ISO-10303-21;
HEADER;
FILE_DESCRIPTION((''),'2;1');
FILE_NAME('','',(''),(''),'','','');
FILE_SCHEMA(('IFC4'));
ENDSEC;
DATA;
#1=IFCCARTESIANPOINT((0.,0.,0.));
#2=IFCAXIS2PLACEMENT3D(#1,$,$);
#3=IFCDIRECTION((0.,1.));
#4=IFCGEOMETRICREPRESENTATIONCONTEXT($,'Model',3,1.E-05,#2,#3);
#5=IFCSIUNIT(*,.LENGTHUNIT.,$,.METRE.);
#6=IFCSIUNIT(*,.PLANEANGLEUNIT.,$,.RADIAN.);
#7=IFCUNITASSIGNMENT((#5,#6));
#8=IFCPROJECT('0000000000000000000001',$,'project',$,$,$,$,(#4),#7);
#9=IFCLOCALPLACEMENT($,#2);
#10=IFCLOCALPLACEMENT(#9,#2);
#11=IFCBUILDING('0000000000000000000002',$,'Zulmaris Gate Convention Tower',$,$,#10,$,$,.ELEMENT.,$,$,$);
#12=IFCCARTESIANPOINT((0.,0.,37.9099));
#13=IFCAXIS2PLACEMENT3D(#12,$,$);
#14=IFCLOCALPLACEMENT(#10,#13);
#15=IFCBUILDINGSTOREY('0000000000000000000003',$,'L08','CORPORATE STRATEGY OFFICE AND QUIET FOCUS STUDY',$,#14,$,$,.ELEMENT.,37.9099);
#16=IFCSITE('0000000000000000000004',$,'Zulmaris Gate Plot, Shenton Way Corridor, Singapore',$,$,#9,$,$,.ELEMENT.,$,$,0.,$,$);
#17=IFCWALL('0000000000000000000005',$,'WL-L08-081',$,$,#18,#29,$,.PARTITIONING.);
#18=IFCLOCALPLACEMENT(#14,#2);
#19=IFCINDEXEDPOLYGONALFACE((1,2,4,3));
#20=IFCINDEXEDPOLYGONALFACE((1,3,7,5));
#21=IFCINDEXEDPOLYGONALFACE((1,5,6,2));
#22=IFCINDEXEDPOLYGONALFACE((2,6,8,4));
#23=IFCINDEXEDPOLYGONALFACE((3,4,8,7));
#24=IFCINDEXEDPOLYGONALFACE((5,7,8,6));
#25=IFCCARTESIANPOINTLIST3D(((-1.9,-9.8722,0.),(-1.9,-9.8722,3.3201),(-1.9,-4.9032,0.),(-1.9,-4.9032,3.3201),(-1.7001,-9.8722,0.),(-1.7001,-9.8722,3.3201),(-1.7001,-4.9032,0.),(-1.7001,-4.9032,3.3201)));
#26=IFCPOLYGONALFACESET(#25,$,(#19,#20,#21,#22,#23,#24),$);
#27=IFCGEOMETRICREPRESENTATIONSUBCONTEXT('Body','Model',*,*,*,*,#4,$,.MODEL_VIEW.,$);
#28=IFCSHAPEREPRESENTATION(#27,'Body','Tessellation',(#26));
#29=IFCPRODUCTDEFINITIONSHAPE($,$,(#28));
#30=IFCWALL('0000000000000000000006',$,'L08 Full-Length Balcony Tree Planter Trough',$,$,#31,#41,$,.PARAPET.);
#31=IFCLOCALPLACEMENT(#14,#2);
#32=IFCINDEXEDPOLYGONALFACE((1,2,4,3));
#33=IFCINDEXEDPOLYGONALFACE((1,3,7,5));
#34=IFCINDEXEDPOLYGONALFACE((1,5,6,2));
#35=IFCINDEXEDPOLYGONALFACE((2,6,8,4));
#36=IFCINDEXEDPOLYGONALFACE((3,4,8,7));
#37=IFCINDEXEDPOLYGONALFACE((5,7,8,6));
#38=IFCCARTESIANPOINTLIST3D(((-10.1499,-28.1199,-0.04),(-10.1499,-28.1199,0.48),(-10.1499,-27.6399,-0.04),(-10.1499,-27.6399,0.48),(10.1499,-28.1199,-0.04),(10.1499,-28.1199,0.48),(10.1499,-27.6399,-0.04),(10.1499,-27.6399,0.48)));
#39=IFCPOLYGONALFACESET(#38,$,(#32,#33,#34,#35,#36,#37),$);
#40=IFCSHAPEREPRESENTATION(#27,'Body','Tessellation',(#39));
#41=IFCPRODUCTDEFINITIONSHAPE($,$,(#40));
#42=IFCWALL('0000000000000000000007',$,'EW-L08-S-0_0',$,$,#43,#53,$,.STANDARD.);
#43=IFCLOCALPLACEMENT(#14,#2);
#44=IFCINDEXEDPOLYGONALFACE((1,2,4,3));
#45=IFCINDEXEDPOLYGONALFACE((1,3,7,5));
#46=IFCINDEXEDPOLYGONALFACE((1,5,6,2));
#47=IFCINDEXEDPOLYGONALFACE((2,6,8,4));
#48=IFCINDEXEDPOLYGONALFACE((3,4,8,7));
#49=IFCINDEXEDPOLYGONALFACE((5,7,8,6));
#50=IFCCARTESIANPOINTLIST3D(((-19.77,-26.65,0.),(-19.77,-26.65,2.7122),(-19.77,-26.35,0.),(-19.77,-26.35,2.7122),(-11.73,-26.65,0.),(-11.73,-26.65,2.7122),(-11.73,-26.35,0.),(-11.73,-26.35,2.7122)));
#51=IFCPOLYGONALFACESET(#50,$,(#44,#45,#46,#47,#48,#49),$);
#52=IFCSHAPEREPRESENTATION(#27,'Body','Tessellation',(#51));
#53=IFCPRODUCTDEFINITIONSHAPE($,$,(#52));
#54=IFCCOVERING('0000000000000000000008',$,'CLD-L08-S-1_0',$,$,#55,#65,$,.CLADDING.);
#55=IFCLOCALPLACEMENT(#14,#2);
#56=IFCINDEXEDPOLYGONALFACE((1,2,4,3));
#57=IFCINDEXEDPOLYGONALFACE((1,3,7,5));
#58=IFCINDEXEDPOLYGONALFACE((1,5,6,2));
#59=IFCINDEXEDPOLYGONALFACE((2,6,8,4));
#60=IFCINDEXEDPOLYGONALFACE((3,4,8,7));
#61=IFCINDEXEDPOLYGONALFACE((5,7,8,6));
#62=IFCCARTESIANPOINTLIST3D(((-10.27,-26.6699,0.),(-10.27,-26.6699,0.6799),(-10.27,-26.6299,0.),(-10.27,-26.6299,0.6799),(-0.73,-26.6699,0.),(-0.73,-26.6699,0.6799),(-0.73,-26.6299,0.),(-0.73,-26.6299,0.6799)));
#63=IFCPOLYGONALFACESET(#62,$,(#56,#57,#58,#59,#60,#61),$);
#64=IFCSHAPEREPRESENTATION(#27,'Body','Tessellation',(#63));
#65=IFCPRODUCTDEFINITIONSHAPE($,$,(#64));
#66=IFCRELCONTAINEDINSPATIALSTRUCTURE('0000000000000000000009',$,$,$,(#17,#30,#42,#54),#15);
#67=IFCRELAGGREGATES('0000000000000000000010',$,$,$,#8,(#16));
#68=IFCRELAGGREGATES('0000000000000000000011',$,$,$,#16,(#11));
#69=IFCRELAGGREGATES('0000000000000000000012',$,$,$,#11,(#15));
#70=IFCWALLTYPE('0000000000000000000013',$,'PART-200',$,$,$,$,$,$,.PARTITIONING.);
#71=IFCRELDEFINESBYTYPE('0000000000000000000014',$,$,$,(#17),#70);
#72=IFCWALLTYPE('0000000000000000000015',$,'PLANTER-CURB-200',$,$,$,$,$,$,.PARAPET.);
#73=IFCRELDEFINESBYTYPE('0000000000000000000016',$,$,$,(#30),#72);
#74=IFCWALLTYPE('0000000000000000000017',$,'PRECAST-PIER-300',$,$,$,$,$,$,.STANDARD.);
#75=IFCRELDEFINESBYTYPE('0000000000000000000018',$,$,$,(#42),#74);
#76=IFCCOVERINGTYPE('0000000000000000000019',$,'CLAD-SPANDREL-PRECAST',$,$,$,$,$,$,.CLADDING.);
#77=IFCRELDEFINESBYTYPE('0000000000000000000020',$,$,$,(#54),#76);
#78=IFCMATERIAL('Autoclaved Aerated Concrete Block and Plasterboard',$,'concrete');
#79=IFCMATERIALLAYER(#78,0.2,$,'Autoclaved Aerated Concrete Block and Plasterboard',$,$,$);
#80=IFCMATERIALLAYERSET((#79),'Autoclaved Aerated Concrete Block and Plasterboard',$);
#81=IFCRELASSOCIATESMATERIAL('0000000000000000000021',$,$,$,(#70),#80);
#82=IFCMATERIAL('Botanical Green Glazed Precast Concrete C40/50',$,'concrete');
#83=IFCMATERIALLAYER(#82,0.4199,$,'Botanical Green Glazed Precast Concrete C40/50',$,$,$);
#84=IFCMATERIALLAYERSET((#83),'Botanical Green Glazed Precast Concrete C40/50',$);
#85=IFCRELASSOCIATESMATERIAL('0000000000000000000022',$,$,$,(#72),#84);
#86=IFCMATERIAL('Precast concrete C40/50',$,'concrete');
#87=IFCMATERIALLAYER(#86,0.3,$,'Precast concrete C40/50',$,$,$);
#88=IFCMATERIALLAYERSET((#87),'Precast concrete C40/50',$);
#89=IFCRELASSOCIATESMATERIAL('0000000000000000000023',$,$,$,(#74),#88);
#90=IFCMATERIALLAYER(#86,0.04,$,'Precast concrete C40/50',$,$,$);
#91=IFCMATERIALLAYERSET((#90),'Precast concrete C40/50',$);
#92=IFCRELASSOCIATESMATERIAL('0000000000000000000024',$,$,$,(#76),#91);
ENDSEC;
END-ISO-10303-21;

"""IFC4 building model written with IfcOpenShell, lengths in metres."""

from ifc_helpers import new_model, si_unit, direction, frame, frame_2d, origin, place, context, subcontext, project, spatial, rectangle, extrude, material, layer, layer_set, type_object, element, save


model = new_model("IFC4")

# Units and contexts
model_context = context("Model", 3, precision=1e-05, world=origin(), true_north=direction((0.0, 1.0)))
body_context = subcontext(model_context, "Body", "Model", "MODEL_VIEW")
ifc_project = project(units=[si_unit("LENGTHUNIT", "METRE"), si_unit("PLANEANGLEUNIT", "RADIAN")], contexts=[model_context])

# Site, building, storey
site_placement = place(None, origin())
site = spatial("IfcSite", under=ifc_project, at=site_placement, Name="Zulmaris Gate Plot, Shenton Way Corridor, Singapore", CompositionType="ELEMENT", RefElevation=0.0)
building_placement = place(site_placement, origin())
building = spatial("IfcBuilding", under=site, at=building_placement, Name="Zulmaris Gate Convention Tower", CompositionType="ELEMENT")
storey_placement = place(building_placement, frame((0.0, 0.0, 37.9099)))
storey = spatial("IfcBuildingStorey", under=building, at=storey_placement, Name="L08", Description="CORPORATE STRATEGY OFFICE AND QUIET FOCUS STUDY", CompositionType="ELEMENT", Elevation=37.9099)

# Walls
ifc_material_1 = material(Name="Autoclaved Aerated Concrete Block and Plasterboard", Category="concrete")
ifc_layer_1 = layer(ifc_material_1, 0.2, Name="Autoclaved Aerated Concrete Block and Plasterboard")
ifc_layer_set_1 = layer_set([ifc_layer_1], Name="Autoclaved Aerated Concrete Block and Plasterboard")
wall_type_1 = type_object("IfcWallType", Name="PART-200", PredefinedType="PARTITIONING", material=ifc_layer_set_1)
wall_1_placement = place(storey_placement, frame((-1.8, -9.8721, 0.0), z_axis=(0.0, 0.0, 1.0), x_axis=(0.0, 1.0, 0.0)))
element("IfcWall", 1, at=wall_1_placement, inside=storey, type_object=wall_type_1, Name="WL-L08-081", PredefinedType="PARTITIONING", context=body_context, shape_type="SweptSolid", body=[
    extrude(rectangle(XDim=4.969, YDim=0.2, at=frame_2d((2.4844, 0.0))), origin(), (0.0, 0.0, 1.0), 3.3201),
])
ifc_material_2 = material(Name="Botanical Green Glazed Precast Concrete C40/50", Category="concrete")
ifc_layer_2 = layer(ifc_material_2, 0.4199, Name="Botanical Green Glazed Precast Concrete C40/50")
ifc_layer_set_2 = layer_set([ifc_layer_2], Name="Botanical Green Glazed Precast Concrete C40/50")
wall_type_2 = type_object("IfcWallType", Name="PLANTER-CURB-200", PredefinedType="PARAPET", material=ifc_layer_set_2)
wall_2_placement = place(storey_placement, frame((-10.1499, -27.8799, -0.04), z_axis=(0.0, 0.0, 1.0), x_axis=(1.0, 0.0, 0.0)))
element("IfcWall", 2, at=wall_2_placement, inside=storey, type_object=wall_type_2, Name="L08 Full-Length Balcony Tree Planter Trough", PredefinedType="PARAPET", context=body_context, shape_type="SweptSolid", body=[
    extrude(rectangle(XDim=20.2998, YDim=0.48, at=frame_2d((10.1499, 0.0))), origin(), (0.0, 0.0, 1.0), 0.52),
])
ifc_material_3 = material(Name="Precast concrete C40/50", Category="concrete")
ifc_layer_3 = layer(ifc_material_3, 0.3, Name="Precast concrete C40/50")
ifc_layer_set_3 = layer_set([ifc_layer_3], Name="Precast concrete C40/50")
wall_type_3 = type_object("IfcWallType", Name="PRECAST-PIER-300", PredefinedType="STANDARD", material=ifc_layer_set_3)
wall_3_placement = place(storey_placement, frame((-19.77, -26.5, 0.0), z_axis=(0.0, 0.0, 1.0), x_axis=(1.0, 0.0, 0.0)))
element("IfcWall", 3, at=wall_3_placement, inside=storey, type_object=wall_type_3, Name="EW-L08-S-0_0", PredefinedType="STANDARD", context=body_context, shape_type="SweptSolid", body=[
    extrude(rectangle(XDim=8.04, YDim=0.3, at=frame_2d((4.02, 0.0))), origin(), (0.0, 0.0, 1.0), 2.7122),
])

# Covering
ifc_layer_4 = layer(ifc_material_3, 0.04, Name="Precast concrete C40/50")
ifc_layer_set_4 = layer_set([ifc_layer_4], Name="Precast concrete C40/50")
covering_type = type_object("IfcCoveringType", Name="CLAD-SPANDREL-PRECAST", PredefinedType="CLADDING", material=ifc_layer_set_4)
covering_placement = place(storey_placement, frame((-10.27, -26.6499, 0.0), z_axis=(0.0, 0.0, 1.0), x_axis=(1.0, 0.0, 0.0)))
element("IfcCovering", 4, at=covering_placement, inside=storey, type_object=covering_type, Name="CLD-L08-S-1_0", PredefinedType="CLADDING", context=body_context, shape_type="SweptSolid", body=[
    extrude(rectangle(XDim=9.54, YDim=0.04, at=frame_2d((4.77, 0.0))), origin(), (0.0, 0.0, 1.0), 0.6799),
])

save(model, "model.ifc")
